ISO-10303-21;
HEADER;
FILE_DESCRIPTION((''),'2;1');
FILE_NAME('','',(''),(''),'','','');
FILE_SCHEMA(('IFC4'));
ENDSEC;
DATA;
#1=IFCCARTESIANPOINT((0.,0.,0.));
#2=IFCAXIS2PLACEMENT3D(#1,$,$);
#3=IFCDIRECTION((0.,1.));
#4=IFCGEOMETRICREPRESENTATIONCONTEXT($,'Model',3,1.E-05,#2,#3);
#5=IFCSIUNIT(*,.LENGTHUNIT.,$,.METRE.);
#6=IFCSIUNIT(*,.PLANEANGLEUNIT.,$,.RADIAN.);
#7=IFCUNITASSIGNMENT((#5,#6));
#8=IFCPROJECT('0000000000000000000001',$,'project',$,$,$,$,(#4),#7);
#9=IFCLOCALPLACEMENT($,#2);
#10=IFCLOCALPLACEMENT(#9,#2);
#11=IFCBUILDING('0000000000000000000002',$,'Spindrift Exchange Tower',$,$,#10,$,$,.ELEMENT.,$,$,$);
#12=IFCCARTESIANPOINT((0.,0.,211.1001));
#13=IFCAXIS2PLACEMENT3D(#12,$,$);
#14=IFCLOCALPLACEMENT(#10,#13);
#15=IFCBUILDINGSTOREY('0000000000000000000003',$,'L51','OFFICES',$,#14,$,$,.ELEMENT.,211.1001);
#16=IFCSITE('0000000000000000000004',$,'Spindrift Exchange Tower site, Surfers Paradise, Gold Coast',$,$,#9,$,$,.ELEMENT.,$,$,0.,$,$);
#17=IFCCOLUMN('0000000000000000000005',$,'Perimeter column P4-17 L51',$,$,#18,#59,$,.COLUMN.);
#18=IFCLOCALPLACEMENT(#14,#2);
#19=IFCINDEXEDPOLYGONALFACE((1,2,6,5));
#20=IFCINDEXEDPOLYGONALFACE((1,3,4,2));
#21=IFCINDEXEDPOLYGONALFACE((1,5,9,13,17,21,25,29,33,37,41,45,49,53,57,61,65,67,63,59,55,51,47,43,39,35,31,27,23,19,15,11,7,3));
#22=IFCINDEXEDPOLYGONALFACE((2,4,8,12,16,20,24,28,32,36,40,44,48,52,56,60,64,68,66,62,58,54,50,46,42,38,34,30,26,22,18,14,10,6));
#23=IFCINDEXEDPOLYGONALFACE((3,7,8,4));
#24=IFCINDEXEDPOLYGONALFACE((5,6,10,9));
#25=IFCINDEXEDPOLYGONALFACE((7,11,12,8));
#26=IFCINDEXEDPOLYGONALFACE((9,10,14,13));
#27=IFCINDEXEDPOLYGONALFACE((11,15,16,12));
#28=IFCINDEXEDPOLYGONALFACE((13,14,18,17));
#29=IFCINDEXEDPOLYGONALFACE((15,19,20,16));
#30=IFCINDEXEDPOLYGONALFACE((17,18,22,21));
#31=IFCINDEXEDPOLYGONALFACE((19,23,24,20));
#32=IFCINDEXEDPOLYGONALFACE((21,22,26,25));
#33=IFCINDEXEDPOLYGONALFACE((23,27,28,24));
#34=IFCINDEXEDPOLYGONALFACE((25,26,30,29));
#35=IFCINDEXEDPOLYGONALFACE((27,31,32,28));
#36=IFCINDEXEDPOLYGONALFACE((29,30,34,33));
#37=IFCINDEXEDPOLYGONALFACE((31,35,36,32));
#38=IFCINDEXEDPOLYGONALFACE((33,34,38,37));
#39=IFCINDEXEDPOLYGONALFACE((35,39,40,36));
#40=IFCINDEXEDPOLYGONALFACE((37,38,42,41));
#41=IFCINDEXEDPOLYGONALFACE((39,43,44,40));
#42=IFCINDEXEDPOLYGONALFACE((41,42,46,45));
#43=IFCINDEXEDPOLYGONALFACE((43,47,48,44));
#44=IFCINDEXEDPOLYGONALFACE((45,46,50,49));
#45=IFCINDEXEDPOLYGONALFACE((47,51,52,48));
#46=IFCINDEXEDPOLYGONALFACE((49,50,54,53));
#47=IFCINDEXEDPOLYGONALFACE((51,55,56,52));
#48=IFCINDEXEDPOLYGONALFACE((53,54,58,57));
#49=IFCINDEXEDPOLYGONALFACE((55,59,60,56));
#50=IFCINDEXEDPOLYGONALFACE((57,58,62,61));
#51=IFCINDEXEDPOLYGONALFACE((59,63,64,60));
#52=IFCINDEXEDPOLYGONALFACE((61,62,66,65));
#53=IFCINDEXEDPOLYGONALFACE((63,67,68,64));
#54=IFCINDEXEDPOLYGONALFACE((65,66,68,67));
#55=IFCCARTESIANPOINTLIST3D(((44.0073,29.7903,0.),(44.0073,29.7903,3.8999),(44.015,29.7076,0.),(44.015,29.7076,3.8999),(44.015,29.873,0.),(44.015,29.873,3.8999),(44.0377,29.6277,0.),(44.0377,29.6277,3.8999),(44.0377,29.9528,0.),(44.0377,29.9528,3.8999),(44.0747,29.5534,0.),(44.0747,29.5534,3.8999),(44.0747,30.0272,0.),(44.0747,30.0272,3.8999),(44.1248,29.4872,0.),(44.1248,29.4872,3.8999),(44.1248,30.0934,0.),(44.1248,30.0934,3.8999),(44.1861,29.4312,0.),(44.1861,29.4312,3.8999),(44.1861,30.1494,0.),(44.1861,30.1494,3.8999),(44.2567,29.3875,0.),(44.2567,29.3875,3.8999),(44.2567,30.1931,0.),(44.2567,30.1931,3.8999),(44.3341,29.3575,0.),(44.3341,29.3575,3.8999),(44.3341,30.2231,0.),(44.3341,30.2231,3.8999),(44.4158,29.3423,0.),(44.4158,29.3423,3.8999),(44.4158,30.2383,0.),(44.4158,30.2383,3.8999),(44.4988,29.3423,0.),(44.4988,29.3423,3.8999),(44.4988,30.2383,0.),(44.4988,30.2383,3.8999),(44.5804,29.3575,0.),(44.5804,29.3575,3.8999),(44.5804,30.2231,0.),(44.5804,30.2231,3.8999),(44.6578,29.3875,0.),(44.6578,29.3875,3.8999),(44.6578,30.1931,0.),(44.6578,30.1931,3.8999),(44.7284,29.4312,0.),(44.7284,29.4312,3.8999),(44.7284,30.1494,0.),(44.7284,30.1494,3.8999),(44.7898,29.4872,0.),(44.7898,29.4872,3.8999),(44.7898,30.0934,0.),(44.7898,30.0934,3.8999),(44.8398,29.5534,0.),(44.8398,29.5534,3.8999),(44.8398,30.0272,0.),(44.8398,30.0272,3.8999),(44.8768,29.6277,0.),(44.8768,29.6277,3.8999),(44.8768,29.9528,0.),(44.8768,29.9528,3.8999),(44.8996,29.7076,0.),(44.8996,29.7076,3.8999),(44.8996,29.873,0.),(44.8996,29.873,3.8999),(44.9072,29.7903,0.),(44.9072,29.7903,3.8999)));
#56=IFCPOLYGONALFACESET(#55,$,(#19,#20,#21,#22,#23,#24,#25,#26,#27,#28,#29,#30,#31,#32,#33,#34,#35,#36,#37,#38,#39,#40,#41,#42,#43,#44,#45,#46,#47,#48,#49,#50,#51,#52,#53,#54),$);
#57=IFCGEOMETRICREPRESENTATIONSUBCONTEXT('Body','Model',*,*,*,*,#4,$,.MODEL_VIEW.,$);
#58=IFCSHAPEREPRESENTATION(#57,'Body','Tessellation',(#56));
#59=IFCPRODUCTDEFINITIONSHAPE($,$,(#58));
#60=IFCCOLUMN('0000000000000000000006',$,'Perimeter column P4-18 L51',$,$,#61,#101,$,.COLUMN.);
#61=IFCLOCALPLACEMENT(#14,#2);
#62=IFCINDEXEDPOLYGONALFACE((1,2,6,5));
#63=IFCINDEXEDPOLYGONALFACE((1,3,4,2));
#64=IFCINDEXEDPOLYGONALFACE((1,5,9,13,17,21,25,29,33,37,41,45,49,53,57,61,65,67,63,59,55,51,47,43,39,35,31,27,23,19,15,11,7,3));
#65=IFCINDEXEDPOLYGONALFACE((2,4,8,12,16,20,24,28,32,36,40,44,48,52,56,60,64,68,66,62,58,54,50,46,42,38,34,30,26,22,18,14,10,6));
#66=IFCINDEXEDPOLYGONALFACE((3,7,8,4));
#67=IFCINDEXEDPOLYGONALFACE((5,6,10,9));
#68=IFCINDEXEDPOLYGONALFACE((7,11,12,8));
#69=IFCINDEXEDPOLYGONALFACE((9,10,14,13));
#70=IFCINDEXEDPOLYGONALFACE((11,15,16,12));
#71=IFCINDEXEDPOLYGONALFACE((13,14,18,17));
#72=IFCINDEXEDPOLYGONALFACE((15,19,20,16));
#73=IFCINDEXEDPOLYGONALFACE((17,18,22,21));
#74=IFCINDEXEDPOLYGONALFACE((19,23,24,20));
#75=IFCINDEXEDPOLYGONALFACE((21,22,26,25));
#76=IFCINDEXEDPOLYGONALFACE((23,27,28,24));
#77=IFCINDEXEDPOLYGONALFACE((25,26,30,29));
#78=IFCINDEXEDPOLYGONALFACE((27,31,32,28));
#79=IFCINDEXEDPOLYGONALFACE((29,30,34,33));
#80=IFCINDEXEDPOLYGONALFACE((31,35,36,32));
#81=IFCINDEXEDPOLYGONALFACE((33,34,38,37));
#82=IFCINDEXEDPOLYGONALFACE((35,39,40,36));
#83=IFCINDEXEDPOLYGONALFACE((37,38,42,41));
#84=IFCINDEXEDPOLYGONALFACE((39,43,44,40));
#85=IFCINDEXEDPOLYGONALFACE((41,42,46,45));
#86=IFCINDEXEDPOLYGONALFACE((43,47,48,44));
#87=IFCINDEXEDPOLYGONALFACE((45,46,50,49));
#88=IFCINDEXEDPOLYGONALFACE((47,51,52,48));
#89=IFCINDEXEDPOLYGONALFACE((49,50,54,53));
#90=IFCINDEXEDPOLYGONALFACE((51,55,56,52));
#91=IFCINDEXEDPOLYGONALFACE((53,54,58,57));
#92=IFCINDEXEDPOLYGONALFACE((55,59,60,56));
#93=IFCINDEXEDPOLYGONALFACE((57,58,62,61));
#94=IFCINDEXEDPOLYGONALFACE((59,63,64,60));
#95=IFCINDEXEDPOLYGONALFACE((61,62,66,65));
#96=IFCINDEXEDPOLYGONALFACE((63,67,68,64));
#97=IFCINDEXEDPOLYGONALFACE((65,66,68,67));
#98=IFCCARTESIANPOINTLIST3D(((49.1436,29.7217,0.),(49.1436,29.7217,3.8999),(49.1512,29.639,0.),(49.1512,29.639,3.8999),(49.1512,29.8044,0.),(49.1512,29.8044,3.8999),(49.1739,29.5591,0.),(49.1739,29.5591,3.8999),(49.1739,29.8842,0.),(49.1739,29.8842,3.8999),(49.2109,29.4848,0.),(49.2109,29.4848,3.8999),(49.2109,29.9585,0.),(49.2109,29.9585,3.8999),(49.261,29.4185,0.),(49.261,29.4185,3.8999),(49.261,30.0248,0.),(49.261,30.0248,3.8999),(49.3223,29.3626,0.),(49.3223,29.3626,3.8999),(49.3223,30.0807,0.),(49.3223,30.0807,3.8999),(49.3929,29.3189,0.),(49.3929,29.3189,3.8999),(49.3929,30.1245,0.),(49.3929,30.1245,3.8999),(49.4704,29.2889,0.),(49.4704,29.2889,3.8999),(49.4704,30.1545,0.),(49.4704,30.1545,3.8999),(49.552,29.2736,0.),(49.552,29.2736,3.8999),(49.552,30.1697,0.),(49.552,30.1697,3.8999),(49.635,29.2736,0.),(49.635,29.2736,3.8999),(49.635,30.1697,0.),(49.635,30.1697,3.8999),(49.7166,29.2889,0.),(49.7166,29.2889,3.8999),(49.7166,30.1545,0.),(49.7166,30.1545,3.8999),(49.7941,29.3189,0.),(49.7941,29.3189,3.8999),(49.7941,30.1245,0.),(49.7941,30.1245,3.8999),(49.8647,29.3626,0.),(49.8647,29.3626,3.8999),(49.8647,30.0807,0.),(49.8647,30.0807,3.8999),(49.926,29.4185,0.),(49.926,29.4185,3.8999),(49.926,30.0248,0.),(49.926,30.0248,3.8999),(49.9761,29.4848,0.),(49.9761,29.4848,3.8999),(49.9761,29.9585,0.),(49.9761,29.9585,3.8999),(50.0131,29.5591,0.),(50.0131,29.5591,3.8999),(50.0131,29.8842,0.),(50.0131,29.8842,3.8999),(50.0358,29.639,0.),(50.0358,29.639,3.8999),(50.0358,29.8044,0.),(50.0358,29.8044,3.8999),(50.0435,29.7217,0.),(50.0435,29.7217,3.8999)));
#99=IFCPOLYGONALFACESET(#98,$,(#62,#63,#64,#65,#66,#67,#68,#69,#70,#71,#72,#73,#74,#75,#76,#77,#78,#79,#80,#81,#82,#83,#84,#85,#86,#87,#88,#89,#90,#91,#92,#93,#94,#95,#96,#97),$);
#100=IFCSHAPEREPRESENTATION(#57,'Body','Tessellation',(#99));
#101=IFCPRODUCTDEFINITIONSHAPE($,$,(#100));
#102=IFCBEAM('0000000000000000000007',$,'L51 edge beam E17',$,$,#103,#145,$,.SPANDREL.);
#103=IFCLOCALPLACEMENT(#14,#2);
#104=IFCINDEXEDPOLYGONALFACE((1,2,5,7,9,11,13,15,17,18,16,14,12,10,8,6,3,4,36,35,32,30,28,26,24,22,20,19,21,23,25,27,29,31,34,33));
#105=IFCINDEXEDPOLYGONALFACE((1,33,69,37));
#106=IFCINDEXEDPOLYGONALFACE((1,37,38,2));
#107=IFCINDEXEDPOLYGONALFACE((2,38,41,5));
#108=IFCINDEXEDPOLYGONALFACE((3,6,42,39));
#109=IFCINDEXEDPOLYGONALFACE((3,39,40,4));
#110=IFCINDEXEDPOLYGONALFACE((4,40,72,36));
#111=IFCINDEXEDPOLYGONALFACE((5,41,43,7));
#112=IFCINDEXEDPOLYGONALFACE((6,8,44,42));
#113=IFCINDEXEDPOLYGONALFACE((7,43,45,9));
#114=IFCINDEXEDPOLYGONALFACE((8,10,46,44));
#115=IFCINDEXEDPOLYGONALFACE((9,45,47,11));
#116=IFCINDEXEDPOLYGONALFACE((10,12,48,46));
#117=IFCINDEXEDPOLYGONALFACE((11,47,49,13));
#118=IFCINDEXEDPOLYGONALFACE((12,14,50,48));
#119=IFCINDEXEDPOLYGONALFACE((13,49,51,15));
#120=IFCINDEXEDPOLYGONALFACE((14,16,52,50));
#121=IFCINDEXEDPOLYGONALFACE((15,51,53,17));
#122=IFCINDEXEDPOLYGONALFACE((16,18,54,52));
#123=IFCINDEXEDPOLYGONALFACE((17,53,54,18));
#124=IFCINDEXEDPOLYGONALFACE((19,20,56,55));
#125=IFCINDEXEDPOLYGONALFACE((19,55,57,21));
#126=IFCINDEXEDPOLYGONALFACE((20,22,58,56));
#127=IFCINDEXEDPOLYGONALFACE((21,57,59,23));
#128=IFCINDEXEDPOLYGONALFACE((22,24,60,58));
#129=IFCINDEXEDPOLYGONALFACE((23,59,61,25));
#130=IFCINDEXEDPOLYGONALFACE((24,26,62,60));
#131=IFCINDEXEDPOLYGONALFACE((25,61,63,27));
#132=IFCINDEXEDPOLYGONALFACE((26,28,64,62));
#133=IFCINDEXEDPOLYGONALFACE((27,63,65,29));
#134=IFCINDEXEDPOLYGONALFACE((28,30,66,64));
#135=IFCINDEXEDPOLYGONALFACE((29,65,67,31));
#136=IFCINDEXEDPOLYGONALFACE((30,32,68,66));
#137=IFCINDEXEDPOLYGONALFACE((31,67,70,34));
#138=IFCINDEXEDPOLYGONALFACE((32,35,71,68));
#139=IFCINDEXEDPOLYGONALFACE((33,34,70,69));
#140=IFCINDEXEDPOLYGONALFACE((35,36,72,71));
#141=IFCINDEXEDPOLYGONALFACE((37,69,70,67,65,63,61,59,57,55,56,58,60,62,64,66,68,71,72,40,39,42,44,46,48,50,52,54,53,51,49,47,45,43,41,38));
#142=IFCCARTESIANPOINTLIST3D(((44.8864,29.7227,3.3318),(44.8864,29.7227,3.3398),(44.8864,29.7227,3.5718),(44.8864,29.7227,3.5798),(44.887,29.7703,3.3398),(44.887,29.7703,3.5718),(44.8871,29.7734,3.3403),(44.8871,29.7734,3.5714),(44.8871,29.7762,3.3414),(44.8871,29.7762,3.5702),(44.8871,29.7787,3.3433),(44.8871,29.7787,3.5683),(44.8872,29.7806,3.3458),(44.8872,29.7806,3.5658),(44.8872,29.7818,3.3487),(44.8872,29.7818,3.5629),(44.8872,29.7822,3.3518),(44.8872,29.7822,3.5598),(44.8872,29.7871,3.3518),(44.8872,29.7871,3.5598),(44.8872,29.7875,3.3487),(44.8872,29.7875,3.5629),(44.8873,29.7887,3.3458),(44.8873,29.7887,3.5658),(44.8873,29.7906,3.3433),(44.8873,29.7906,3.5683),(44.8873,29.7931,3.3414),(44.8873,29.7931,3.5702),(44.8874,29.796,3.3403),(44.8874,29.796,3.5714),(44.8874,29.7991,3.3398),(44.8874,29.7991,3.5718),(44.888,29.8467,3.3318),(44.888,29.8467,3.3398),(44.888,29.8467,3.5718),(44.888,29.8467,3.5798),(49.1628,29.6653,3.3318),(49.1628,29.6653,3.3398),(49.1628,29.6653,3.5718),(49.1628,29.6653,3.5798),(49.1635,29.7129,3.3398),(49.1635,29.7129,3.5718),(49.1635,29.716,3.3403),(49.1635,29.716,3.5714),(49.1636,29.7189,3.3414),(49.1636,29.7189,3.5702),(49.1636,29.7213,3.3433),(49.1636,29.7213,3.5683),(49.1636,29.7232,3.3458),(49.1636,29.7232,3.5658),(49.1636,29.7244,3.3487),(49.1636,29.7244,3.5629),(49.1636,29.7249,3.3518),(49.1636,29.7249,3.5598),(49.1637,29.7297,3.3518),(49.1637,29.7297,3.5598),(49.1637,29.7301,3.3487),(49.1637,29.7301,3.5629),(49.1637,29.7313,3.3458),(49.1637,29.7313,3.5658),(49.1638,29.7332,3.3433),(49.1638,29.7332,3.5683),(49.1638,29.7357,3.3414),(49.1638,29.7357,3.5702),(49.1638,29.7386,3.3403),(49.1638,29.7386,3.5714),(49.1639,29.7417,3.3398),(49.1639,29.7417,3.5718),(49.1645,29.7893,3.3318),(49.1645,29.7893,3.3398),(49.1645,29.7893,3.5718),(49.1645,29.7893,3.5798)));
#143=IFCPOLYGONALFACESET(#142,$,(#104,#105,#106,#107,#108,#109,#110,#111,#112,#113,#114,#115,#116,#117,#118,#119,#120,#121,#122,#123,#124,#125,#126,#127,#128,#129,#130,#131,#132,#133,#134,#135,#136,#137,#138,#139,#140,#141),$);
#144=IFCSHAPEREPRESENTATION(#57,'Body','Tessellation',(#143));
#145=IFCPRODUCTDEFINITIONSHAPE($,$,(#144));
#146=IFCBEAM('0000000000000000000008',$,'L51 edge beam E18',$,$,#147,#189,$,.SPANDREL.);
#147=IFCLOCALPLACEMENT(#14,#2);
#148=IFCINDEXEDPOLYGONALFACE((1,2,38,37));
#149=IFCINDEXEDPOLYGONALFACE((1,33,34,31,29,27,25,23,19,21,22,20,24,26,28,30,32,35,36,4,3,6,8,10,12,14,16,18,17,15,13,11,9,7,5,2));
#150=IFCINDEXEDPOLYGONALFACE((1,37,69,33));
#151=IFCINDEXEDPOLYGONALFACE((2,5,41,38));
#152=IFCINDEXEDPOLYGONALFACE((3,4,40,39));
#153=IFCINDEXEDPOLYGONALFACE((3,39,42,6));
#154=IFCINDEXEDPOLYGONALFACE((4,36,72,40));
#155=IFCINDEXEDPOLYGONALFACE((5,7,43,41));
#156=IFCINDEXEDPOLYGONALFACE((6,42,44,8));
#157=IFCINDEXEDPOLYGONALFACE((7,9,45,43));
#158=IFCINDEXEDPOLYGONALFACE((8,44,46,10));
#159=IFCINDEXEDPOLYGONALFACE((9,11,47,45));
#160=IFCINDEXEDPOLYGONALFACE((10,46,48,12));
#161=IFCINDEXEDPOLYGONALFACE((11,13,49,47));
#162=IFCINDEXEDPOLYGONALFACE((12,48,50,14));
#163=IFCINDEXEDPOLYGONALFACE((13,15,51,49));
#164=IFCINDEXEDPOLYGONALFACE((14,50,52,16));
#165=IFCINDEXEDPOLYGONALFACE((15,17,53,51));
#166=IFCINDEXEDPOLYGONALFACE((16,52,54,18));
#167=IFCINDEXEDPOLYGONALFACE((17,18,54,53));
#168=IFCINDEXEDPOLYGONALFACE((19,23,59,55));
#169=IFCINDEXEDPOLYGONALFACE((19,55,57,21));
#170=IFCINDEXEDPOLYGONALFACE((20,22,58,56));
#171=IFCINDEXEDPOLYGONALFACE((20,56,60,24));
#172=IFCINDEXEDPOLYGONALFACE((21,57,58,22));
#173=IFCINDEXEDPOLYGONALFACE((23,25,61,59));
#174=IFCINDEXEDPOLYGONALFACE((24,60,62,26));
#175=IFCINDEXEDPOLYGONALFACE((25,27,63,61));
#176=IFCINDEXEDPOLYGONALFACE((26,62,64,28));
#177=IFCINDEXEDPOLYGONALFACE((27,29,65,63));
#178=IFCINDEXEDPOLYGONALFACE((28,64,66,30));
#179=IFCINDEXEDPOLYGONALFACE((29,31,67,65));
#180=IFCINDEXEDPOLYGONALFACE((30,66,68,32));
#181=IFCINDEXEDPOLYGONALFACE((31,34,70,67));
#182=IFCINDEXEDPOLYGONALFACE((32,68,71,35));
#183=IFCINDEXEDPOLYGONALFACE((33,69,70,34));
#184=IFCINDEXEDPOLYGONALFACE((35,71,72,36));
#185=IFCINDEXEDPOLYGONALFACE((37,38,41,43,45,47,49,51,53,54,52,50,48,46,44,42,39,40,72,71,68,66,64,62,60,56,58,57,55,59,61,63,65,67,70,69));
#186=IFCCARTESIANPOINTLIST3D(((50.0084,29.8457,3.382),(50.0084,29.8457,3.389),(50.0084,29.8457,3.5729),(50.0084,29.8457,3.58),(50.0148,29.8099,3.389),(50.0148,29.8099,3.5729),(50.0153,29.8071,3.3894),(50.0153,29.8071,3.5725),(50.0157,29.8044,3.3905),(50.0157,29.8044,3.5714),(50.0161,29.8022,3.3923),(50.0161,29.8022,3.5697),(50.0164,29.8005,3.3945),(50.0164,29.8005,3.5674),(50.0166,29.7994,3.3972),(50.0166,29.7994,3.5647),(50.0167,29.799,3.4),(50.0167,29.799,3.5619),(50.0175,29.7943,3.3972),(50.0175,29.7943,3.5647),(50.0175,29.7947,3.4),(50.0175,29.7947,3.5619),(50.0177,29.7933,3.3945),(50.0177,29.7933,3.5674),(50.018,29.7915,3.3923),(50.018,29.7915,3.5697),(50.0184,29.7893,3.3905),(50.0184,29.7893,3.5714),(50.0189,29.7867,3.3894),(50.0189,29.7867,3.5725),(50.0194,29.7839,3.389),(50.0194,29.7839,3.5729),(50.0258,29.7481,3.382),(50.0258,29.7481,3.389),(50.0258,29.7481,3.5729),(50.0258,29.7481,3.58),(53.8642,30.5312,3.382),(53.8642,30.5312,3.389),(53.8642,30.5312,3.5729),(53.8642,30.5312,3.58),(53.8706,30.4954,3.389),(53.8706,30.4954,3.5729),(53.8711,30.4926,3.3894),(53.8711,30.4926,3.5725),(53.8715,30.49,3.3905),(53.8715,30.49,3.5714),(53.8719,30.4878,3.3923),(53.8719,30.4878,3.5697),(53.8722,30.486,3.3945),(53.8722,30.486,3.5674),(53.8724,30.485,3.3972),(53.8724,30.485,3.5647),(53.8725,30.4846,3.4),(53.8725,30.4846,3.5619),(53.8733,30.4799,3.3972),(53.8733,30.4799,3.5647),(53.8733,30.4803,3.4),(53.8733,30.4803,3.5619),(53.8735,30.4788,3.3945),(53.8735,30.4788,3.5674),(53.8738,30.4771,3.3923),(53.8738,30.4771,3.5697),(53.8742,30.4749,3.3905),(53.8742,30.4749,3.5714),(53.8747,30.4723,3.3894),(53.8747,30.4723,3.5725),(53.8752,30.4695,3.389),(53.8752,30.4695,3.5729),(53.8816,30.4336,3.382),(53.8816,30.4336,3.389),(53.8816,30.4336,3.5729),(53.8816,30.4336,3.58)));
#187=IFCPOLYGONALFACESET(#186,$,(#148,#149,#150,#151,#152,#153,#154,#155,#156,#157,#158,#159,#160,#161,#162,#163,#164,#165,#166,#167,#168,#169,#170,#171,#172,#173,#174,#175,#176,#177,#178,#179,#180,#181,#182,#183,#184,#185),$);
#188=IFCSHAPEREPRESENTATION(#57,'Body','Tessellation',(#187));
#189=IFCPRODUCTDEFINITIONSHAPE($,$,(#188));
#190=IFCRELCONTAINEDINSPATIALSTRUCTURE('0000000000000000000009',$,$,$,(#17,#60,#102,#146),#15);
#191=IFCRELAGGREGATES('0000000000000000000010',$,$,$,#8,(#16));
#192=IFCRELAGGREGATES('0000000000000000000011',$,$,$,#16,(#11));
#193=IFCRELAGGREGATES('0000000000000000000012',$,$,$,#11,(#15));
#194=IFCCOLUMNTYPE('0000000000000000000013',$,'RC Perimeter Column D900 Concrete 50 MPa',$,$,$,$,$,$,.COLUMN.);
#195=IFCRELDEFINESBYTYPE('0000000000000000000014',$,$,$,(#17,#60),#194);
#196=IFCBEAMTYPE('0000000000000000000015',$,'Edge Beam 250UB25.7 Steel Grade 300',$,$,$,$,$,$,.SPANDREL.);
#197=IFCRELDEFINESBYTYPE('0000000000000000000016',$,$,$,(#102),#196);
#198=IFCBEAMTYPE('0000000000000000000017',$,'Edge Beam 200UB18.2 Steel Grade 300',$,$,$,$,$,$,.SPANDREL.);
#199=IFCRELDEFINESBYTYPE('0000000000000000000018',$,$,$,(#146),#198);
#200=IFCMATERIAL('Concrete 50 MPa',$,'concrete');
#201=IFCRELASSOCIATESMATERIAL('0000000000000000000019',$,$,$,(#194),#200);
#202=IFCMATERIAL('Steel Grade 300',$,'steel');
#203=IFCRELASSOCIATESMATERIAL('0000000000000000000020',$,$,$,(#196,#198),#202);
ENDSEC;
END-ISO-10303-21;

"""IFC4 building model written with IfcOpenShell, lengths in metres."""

from ifc_helpers import new_model, si_unit, direction, frame, origin, origin_2d, place, context, subcontext, project, spatial, circle, i_section, extrude, source, transform, mapped, material, material_profile, profile_set, type_object, element, save


model = new_model("IFC4")

# Units and contexts
model_context = context("Model", 3, precision=1e-05, world=origin(), true_north=direction((0.0, 1.0)))
body_context = subcontext(model_context, "Body", "Model", "MODEL_VIEW")
ifc_project = project(units=[si_unit("LENGTHUNIT", "METRE"), si_unit("PLANEANGLEUNIT", "RADIAN")], contexts=[model_context])

# Site, building, storey
site_placement = place(None, origin())
site = spatial("IfcSite", under=ifc_project, at=site_placement, Name="Spindrift Exchange Tower site, Surfers Paradise, Gold Coast", CompositionType="ELEMENT", RefElevation=0.0)
building_placement = place(site_placement, origin())
building = spatial("IfcBuilding", under=site, at=building_placement, Name="Spindrift Exchange Tower", CompositionType="ELEMENT")
storey_placement = place(building_placement, frame((0.0, 0.0, 211.1001)))
storey = spatial("IfcBuildingStorey", under=building, at=storey_placement, Name="L51", Description="OFFICES", CompositionType="ELEMENT", Elevation=211.1001)

# Columns
ifc_material_1 = material(Name="Concrete 50 MPa", Category="concrete")
ifc_material_profile_1 = material_profile(ifc_material_1, circle(Radius=0.45, at=origin_2d()), Name="RC D900")
ifc_profile_set_1 = profile_set([ifc_material_profile_1], Name="Concrete 50 MPa")
column_type = type_object("IfcColumnType", Name="RC Perimeter Column D900 Concrete 50 MPa", PredefinedType="COLUMN", material=ifc_profile_set_1)
shared_shape_1 = source(origin(), body_context, "Body", "SweptSolid", [
    extrude(circle(Radius=0.45, at=origin_2d()), origin(), (0.0, 0.0, 1.0), 3.8999),
])
for number, where, z_axis, x_axis, name in (
    (1, (44.4573, 29.7903, 0.0), (0.0, 0.0, 1.0), (1.0, 0.0, 0.0), "Perimeter column P4-17 L51"),
    (2, (49.5935, 29.7217, 0.0), (0.0, 0.0, 1.0), (1.0, 0.0, 0.0), "Perimeter column P4-18 L51"),
):
    element("IfcColumn", number, at=place(storey_placement, frame(where, z_axis=z_axis, x_axis=x_axis)), inside=storey, type_object=column_type, Name=name, PredefinedType="COLUMN", context=body_context, shape_type="MappedRepresentation", body=[
        mapped(shared_shape_1, transform((0.0, 0.0, 0.0), scale=1.0)),
    ])

# Beams
ifc_material_2 = material(Name="Steel Grade 300", Category="steel")
ifc_material_profile_2 = material_profile(ifc_material_2, i_section(OverallWidth=0.124, OverallDepth=0.248, WebThickness=0.0049, FlangeThickness=0.0081, FilletRadius=0.012, at=origin_2d()), Name="250UB25.7")
ifc_profile_set_2 = profile_set([ifc_material_profile_2], Name="Steel Grade 300")
beam_type_1 = type_object("IfcBeamType", Name="Edge Beam 250UB25.7 Steel Grade 300", PredefinedType="SPANDREL", material=ifc_profile_set_2)
shared_shape_2 = source(origin(), body_context, "Body", "SweptSolid", [
    extrude(i_section(OverallWidth=0.124, OverallDepth=0.248, WebThickness=0.0049, FlangeThickness=0.0081, FilletRadius=0.012, at=origin_2d()), origin(), (0.0, 0.0, 1.0), 4.2769),
])
beam_1_placement = place(storey_placement, frame((44.8872, 29.7847, 3.4558), z_axis=(0.99991, -0.013415, 0.0), x_axis=(0.013415, 0.99991, 0.0)))
element("IfcBeam", 3, at=beam_1_placement, inside=storey, type_object=beam_type_1, Name="L51 edge beam E17", PredefinedType="SPANDREL", context=body_context, shape_type="MappedRepresentation", body=[
    mapped(shared_shape_2, transform((0.0, 0.0, 0.0), scale=1.0)),
])
ifc_material_profile_3 = material_profile(ifc_material_2, i_section(OverallWidth=0.0991, OverallDepth=0.198, WebThickness=0.0044, FlangeThickness=0.0071, FilletRadius=0.011, at=origin_2d()), Name="200UB18.2")
ifc_profile_set_3 = profile_set([ifc_material_profile_3], Name="Steel Grade 300")
beam_type_2 = type_object("IfcBeamType", Name="Edge Beam 200UB18.2 Steel Grade 300", PredefinedType="SPANDREL", material=ifc_profile_set_3)
shared_shape_3 = source(origin(), body_context, "Body", "SweptSolid", [
    extrude(i_section(OverallWidth=0.0991, OverallDepth=0.198, WebThickness=0.0044, FlangeThickness=0.0071, FilletRadius=0.011, at=origin_2d()), origin(), (0.0, 0.0, 1.0), 3.9163),
])
beam_2_placement = place(storey_placement, frame((50.0171, 29.7969, 3.481), z_axis=(0.984559, 0.175055, 0.0), x_axis=(-0.175055, 0.984559, 0.0)))
element("IfcBeam", 4, at=beam_2_placement, inside=storey, type_object=beam_type_2, Name="L51 edge beam E18", PredefinedType="SPANDREL", context=body_context, shape_type="MappedRepresentation", body=[
    mapped(shared_shape_3, transform((0.0, 0.0, 0.0), scale=1.0)),
])

save(model, "model.ifc")
